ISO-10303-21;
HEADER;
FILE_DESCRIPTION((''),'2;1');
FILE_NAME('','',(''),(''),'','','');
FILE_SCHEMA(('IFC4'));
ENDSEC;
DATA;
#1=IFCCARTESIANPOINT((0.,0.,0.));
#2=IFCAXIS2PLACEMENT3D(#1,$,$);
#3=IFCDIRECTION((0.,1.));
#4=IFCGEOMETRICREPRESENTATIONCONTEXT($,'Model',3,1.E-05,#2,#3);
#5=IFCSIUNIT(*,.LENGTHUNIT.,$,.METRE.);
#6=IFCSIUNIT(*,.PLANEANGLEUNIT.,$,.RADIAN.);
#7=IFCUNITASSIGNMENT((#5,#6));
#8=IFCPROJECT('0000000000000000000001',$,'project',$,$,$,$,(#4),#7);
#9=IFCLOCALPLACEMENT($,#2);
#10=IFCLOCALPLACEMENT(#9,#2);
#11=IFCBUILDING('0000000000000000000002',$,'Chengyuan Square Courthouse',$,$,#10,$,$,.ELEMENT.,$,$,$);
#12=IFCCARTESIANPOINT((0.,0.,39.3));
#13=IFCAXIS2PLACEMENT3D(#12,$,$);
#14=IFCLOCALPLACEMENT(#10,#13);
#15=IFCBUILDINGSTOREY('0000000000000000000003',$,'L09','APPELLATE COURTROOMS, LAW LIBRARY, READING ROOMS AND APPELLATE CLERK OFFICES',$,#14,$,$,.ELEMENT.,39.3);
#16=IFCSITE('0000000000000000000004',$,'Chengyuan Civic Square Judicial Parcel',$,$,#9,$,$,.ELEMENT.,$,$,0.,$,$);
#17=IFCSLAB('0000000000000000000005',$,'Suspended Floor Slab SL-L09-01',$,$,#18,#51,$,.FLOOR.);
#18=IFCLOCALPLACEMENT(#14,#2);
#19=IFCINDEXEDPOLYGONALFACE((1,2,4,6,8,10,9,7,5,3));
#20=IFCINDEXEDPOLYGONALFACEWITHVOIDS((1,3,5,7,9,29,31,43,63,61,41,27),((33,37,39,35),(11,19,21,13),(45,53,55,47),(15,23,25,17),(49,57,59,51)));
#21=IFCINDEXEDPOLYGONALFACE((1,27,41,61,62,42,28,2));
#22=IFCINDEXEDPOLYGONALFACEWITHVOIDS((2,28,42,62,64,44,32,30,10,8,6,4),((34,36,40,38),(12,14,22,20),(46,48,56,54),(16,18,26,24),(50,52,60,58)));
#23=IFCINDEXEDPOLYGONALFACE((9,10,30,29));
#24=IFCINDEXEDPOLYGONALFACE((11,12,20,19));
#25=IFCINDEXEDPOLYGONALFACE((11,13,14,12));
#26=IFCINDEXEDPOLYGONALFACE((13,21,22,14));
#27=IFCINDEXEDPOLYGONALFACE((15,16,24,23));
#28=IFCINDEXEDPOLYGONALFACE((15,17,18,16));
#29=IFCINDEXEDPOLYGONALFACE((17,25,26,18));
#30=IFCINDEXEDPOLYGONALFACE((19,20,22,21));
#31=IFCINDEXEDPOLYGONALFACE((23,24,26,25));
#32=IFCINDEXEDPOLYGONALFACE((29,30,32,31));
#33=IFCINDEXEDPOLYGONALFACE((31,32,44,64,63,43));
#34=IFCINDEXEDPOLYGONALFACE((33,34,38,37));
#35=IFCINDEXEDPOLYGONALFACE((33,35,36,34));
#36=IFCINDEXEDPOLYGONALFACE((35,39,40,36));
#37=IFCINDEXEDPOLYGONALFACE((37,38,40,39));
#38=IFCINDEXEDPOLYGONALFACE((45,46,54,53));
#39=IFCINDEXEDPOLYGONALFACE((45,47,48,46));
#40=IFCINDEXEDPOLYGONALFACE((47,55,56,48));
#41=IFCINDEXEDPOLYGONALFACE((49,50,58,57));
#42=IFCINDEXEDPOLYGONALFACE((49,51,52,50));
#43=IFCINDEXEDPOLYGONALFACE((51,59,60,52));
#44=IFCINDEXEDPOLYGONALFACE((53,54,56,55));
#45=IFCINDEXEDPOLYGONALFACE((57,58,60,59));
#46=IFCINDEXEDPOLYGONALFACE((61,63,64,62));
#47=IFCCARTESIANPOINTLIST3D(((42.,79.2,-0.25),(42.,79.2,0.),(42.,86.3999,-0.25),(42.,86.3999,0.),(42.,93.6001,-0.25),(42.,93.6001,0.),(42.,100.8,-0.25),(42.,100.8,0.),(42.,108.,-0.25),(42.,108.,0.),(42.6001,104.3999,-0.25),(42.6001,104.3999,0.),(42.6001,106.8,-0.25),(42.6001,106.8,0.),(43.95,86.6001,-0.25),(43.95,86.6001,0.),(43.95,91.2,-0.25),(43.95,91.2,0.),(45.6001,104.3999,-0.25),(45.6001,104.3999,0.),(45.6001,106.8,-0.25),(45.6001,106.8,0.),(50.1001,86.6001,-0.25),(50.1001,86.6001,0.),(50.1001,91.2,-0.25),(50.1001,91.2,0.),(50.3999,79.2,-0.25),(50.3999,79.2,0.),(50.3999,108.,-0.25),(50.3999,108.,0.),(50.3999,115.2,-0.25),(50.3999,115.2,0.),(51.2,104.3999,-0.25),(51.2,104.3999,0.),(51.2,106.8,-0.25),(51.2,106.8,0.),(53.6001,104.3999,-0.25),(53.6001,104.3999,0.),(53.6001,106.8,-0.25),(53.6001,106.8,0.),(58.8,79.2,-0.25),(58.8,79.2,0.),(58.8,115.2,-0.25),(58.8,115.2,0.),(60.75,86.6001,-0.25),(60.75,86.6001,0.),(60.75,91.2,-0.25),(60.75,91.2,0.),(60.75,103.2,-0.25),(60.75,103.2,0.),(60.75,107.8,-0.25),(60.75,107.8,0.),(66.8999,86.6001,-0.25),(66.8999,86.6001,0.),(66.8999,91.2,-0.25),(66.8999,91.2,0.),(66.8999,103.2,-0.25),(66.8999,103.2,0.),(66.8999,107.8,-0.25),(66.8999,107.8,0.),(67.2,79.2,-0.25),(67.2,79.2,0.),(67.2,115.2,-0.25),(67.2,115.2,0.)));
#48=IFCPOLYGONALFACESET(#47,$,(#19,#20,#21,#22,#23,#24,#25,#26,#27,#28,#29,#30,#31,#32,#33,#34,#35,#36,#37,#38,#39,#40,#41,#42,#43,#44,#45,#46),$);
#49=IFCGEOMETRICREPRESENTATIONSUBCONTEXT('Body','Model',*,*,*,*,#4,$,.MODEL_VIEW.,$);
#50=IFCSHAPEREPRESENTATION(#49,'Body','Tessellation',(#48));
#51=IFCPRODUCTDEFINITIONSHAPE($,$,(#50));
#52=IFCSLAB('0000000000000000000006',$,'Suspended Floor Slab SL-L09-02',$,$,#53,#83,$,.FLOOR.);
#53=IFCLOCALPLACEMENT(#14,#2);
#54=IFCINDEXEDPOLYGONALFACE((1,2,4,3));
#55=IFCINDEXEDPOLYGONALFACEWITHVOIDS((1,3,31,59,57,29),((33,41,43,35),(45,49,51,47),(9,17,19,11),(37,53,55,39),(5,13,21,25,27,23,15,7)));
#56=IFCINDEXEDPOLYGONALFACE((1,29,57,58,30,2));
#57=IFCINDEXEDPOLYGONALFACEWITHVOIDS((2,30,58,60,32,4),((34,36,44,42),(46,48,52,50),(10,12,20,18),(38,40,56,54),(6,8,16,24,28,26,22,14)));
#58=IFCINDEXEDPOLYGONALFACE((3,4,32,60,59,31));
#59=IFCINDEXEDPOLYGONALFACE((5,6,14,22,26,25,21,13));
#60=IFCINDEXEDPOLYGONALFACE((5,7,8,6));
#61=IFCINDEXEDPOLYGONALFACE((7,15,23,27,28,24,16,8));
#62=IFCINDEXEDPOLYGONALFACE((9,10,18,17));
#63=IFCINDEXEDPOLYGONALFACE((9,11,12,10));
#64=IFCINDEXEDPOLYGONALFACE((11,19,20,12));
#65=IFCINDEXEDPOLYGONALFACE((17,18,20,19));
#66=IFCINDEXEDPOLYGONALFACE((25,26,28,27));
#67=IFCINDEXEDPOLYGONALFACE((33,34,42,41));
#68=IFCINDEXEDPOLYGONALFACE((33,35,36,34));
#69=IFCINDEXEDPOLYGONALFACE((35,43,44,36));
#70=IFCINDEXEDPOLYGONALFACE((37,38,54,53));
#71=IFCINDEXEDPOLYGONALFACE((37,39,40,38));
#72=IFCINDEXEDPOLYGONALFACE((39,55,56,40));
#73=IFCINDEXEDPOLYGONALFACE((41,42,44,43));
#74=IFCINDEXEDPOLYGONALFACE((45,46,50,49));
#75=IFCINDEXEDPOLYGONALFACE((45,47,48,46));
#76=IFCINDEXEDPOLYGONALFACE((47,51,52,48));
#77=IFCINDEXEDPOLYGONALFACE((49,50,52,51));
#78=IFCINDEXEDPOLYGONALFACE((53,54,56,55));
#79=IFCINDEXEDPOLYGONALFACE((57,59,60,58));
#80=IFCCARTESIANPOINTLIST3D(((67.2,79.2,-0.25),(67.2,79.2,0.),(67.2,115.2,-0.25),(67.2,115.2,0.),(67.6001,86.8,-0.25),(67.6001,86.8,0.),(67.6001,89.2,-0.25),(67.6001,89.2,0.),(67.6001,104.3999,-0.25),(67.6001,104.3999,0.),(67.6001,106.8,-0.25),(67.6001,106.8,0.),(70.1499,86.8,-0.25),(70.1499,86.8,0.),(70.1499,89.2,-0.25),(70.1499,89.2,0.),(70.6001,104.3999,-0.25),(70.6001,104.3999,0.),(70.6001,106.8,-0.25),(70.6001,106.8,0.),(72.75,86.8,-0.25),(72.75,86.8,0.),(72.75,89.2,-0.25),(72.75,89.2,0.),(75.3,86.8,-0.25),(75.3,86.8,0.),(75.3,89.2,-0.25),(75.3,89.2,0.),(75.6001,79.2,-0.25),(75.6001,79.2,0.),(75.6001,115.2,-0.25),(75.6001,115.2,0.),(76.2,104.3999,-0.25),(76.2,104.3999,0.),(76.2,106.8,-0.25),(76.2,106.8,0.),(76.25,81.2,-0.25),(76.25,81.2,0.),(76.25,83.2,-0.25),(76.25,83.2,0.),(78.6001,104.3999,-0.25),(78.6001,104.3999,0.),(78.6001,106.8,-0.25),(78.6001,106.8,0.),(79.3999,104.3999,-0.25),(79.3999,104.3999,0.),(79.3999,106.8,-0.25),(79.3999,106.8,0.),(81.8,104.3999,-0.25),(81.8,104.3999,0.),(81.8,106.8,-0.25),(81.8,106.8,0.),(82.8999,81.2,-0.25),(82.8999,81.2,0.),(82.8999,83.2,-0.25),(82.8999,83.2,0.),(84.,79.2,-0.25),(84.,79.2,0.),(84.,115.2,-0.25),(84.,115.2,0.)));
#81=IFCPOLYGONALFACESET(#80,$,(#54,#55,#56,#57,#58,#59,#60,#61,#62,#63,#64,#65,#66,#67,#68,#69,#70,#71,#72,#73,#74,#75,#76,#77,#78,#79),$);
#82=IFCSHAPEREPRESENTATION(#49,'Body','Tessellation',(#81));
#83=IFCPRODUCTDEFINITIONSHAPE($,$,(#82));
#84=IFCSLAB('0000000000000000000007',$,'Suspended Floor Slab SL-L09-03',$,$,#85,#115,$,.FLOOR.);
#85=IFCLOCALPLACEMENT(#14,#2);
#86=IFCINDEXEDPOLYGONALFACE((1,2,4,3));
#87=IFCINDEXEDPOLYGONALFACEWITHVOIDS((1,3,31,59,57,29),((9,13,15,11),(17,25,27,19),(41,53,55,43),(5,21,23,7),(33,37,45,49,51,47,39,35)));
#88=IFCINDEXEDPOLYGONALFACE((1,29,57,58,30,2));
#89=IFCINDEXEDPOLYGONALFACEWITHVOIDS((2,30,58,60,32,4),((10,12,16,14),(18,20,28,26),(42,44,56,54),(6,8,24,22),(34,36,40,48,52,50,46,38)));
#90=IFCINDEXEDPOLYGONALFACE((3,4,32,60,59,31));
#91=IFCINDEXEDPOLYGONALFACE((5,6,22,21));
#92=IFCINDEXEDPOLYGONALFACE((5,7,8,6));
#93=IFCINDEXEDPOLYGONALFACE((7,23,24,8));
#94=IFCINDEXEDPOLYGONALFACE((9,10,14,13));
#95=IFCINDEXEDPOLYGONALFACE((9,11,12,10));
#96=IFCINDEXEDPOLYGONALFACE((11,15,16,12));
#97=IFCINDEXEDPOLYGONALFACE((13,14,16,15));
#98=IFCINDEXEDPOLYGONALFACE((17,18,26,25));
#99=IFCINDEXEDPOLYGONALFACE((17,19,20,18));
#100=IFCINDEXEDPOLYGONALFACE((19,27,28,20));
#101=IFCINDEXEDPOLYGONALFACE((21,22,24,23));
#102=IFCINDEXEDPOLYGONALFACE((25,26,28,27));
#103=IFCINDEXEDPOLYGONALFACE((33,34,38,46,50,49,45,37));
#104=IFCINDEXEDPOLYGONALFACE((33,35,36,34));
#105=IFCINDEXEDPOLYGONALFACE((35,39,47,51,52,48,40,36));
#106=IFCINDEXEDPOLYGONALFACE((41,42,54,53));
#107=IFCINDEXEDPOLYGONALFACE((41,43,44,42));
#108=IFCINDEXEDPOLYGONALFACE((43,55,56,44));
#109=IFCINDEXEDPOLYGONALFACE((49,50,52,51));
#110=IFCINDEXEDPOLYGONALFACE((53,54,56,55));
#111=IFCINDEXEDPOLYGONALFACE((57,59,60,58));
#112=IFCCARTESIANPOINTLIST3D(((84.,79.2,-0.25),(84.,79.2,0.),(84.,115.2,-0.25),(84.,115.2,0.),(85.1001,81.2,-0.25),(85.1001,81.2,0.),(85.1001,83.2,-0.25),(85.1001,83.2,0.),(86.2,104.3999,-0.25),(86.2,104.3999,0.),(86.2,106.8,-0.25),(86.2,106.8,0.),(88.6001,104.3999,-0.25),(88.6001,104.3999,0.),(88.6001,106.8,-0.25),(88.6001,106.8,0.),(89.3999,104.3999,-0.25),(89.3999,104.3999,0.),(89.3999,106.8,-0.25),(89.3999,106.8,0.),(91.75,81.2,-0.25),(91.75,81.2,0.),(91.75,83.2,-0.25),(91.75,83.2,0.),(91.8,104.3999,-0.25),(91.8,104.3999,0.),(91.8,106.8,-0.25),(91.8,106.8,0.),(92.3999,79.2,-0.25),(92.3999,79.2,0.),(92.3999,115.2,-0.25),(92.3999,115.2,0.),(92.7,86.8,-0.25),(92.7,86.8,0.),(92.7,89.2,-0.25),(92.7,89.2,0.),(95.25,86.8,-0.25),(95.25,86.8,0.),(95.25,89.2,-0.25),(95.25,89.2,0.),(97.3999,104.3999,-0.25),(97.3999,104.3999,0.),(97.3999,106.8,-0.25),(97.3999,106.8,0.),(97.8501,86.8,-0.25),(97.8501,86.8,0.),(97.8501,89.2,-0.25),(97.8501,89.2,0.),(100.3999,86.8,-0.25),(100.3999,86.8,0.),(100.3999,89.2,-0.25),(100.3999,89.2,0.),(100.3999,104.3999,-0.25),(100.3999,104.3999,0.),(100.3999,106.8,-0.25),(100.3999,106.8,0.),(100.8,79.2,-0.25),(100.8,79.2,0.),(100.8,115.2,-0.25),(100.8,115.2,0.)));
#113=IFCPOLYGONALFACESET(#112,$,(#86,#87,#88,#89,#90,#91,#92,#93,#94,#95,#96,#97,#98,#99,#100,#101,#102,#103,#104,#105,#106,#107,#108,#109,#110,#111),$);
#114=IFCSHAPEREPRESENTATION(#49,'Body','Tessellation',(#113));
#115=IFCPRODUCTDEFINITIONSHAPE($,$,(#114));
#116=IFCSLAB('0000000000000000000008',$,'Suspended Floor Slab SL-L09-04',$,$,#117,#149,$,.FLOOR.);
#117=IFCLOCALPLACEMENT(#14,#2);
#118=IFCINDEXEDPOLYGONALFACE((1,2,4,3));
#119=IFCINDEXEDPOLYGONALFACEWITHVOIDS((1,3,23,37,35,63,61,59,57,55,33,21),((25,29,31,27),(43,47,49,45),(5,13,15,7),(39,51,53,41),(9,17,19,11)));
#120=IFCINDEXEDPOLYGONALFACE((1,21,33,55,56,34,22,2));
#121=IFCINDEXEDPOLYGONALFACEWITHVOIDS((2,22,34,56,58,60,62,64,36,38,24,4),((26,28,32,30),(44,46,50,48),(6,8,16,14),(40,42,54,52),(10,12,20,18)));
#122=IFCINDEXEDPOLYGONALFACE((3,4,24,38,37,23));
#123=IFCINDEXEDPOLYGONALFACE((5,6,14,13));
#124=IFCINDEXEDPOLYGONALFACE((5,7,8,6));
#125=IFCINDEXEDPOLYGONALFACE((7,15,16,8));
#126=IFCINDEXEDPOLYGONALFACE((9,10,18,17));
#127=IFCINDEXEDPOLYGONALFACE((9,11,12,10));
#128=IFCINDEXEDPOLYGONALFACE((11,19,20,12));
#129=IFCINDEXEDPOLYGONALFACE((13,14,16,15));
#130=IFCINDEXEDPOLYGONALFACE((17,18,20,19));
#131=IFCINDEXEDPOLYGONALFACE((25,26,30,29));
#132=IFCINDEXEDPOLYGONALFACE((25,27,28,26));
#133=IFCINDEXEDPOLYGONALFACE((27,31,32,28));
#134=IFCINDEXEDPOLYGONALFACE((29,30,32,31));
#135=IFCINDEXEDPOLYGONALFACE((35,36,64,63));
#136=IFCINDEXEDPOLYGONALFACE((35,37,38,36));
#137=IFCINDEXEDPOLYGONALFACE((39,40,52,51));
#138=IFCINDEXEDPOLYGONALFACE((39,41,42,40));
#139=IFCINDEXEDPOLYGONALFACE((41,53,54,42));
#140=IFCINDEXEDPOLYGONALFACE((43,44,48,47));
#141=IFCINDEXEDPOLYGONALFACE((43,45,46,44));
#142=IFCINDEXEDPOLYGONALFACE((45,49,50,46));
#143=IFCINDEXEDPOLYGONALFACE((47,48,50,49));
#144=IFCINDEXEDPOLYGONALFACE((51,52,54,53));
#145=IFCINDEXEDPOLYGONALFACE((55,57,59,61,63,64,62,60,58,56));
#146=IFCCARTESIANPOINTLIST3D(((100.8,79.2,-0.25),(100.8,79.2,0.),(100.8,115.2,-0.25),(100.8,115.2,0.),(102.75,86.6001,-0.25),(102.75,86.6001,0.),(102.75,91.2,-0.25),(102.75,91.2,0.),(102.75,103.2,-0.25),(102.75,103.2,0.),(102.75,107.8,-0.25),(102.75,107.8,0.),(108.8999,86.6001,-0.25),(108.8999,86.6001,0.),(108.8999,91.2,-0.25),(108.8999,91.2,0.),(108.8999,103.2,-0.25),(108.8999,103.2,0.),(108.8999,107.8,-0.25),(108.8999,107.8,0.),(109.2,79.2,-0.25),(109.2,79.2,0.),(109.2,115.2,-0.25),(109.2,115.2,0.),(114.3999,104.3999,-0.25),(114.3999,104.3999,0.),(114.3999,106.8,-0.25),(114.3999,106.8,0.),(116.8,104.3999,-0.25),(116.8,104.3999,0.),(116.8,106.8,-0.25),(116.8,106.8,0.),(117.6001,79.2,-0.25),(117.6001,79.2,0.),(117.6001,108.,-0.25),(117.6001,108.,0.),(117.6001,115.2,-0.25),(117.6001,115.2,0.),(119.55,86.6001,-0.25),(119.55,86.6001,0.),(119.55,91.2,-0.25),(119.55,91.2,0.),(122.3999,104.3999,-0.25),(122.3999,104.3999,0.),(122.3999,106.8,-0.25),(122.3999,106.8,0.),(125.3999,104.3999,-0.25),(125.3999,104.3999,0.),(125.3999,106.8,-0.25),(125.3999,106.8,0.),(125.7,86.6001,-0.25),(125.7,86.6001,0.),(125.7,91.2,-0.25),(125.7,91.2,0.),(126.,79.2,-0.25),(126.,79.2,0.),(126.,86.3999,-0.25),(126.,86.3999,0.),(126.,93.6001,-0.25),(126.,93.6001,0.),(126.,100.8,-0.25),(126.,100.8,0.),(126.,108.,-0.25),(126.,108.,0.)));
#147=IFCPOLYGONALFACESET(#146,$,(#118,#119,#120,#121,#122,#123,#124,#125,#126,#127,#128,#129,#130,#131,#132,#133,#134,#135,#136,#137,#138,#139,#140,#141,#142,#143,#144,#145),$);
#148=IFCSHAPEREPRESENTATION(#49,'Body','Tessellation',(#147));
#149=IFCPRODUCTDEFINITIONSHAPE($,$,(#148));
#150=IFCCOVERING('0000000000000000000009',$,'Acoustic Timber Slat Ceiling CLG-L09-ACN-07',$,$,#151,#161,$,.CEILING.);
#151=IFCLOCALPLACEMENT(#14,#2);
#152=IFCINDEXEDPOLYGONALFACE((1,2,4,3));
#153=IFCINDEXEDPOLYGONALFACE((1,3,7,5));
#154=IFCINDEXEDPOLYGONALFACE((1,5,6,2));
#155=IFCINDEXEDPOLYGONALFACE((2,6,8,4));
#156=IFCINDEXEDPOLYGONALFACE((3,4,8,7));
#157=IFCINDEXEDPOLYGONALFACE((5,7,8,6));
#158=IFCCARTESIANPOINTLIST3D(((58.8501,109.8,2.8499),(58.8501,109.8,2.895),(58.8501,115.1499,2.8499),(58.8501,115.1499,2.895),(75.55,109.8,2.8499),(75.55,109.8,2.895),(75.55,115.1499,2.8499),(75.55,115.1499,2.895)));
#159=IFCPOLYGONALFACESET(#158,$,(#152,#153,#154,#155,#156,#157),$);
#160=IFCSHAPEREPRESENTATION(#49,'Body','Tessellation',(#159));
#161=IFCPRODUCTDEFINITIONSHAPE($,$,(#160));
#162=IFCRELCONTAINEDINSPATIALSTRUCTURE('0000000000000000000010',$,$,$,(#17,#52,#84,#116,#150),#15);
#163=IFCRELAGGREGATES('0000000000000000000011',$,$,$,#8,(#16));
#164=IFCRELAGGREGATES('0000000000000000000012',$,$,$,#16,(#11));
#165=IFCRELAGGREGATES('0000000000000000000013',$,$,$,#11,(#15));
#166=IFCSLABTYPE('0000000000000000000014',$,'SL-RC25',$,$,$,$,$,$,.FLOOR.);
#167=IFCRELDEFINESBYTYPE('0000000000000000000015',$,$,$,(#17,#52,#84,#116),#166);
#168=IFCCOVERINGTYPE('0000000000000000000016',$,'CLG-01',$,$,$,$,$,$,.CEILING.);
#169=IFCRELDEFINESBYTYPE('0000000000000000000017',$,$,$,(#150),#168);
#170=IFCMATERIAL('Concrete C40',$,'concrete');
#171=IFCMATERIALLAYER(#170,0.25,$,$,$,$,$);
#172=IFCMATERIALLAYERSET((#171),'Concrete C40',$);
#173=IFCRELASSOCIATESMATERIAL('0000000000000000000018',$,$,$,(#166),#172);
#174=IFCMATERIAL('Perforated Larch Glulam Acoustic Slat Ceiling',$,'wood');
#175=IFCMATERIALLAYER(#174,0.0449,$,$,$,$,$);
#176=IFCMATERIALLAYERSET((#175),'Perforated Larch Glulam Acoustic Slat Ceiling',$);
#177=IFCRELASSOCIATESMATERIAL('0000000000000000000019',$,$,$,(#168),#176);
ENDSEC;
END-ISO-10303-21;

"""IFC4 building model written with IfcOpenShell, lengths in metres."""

from ifc_helpers import new_model, si_unit, direction, frame, origin, place, context, subcontext, project, spatial, polyline, outline, extrude, material, layer, layer_set, type_object, element, save


model = new_model("IFC4")

# Units and contexts
model_context = context("Model", 3, precision=1e-05, world=origin(), true_north=direction((0.0, 1.0)))
body_context = subcontext(model_context, "Body", "Model", "MODEL_VIEW")
ifc_project = project(units=[si_unit("LENGTHUNIT", "METRE"), si_unit("PLANEANGLEUNIT", "RADIAN")], contexts=[model_context])

# Site, building, storey
site_placement = place(None, origin())
site = spatial("IfcSite", under=ifc_project, at=site_placement, Name="Chengyuan Civic Square Judicial Parcel", CompositionType="ELEMENT", RefElevation=0.0)
building_placement = place(site_placement, origin())
building = spatial("IfcBuilding", under=site, at=building_placement, Name="Chengyuan Square Courthouse", CompositionType="ELEMENT")
storey_placement = place(building_placement, frame((0.0, 0.0, 39.3)))
storey = spatial("IfcBuildingStorey", under=building, at=storey_placement, Name="L09", Description="APPELLATE COURTROOMS, LAW LIBRARY, READING ROOMS AND APPELLATE CLERK OFFICES", CompositionType="ELEMENT", Elevation=39.3)

# Shared definitions
ifc_material_1 = material(Name="Concrete C40", Category="concrete")

# Slabs
ifc_layer_1 = layer(ifc_material_1, 0.25)
ifc_layer_set_1 = layer_set([ifc_layer_1], Name="Concrete C40")
slab_type_1 = type_object("IfcSlabType", Name="SL-RC25", PredefinedType="FLOOR", material=ifc_layer_set_1)
slab_1_placement = place(storey_placement, frame((0.0, 0.0, -0.25)))
element("IfcSlab", 1, at=slab_1_placement, inside=storey, type_object=slab_type_1, Name="Suspended Floor Slab SL-L09-01", PredefinedType="FLOOR", context=body_context, shape_type="SweptSolid", body=[
    extrude(outline(polyline([(50.3999, 115.2), (58.8, 115.2), (67.2, 115.2), (67.2, 79.2), (58.8, 79.2), (50.3999, 79.2), (42.0, 79.2), (42.0, 86.3999), (42.0, 93.6001), (42.0, 100.8), (42.0, 108.0), (50.3999, 108.0), (50.3999, 115.2)]), holes=[polyline([(50.1001, 91.2), (43.95, 91.2), (43.95, 86.6001), (50.1001, 86.6001), (50.1001, 91.2)]), polyline([(66.8999, 91.2), (60.75, 91.2), (60.75, 86.6001), (66.8999, 86.6001), (66.8999, 91.2)]), polyline([(60.75, 107.8), (60.75, 103.2), (66.8999, 103.2), (66.8999, 107.8), (60.75, 107.8)]), polyline([(45.6001, 106.8), (42.6001, 106.8), (42.6001, 104.3999), (45.6001, 104.3999), (45.6001, 106.8)]), polyline([(53.6001, 106.8), (51.2, 106.8), (51.2, 104.3999), (53.6001, 104.3999), (53.6001, 106.8)])]), origin(), (0.0, 0.0, 1.0), 0.25),
])
slab_2_placement = place(storey_placement, frame((0.0, 0.0, -0.25)))
element("IfcSlab", 2, at=slab_2_placement, inside=storey, type_object=slab_type_1, Name="Suspended Floor Slab SL-L09-02", PredefinedType="FLOOR", context=body_context, shape_type="SweptSolid", body=[
    extrude(outline(polyline([(75.6001, 115.2), (84.0, 115.2), (84.0, 79.2), (75.6001, 79.2), (67.2, 79.2), (67.2, 115.2), (75.6001, 115.2)]), holes=[polyline([(76.25, 83.2), (76.25, 81.2), (82.8999, 81.2), (82.8999, 83.2), (76.25, 83.2)]), polyline([(70.1499, 89.2), (67.6001, 89.2), (67.6001, 86.8), (70.1499, 86.8), (72.75, 86.8), (75.3, 86.8), (75.3, 89.2), (72.75, 89.2), (70.1499, 89.2)]), polyline([(67.6001, 106.8), (67.6001, 104.3999), (70.6001, 104.3999), (70.6001, 106.8), (67.6001, 106.8)]), polyline([(78.6001, 106.8), (76.2, 106.8), (76.2, 104.3999), (78.6001, 104.3999), (78.6001, 106.8)]), polyline([(81.8, 106.8), (79.3999, 106.8), (79.3999, 104.3999), (81.8, 104.3999), (81.8, 106.8)])]), origin(), (0.0, 0.0, 1.0), 0.25),
])
slab_3_placement = place(storey_placement, frame((0.0, 0.0, -0.25)))
element("IfcSlab", 3, at=slab_3_placement, inside=storey, type_object=slab_type_1, Name="Suspended Floor Slab SL-L09-03", PredefinedType="FLOOR", context=body_context, shape_type="SweptSolid", body=[
    extrude(outline(polyline([(92.3999, 115.2), (100.8, 115.2), (100.8, 79.2), (92.3999, 79.2), (84.0, 79.2), (84.0, 115.2), (92.3999, 115.2)]), holes=[polyline([(85.1001, 83.2), (85.1001, 81.2), (91.75, 81.2), (91.75, 83.2), (85.1001, 83.2)]), polyline([(95.25, 89.2), (92.7, 89.2), (92.7, 86.8), (95.25, 86.8), (97.8501, 86.8), (100.3999, 86.8), (100.3999, 89.2), (97.8501, 89.2), (95.25, 89.2)]), polyline([(88.6001, 106.8), (86.2, 106.8), (86.2, 104.3999), (88.6001, 104.3999), (88.6001, 106.8)]), polyline([(91.8, 106.8), (89.3999, 106.8), (89.3999, 104.3999), (91.8, 104.3999), (91.8, 106.8)]), polyline([(97.3999, 106.8), (97.3999, 104.3999), (100.3999, 104.3999), (100.3999, 106.8), (97.3999, 106.8)])]), origin(), (0.0, 0.0, 1.0), 0.25),
])
slab_4_placement = place(storey_placement, frame((0.0, 0.0, -0.25)))
element("IfcSlab", 4, at=slab_4_placement, inside=storey, type_object=slab_type_1, Name="Suspended Floor Slab SL-L09-04", PredefinedType="FLOOR", context=body_context, shape_type="SweptSolid", body=[
    extrude(outline(polyline([(109.2, 115.2), (117.6001, 115.2), (117.6001, 108.0), (126.0, 108.0), (126.0, 100.8), (126.0, 93.6001), (126.0, 86.3999), (126.0, 79.2), (117.6001, 79.2), (109.2, 79.2), (100.8, 79.2), (100.8, 115.2), (109.2, 115.2)]), holes=[polyline([(108.8999, 91.2), (102.75, 91.2), (102.75, 86.6001), (108.8999, 86.6001), (108.8999, 91.2)]), polyline([(125.7, 91.2), (119.55, 91.2), (119.55, 86.6001), (125.7, 86.6001), (125.7, 91.2)]), polyline([(102.75, 107.8), (102.75, 103.2), (108.8999, 103.2), (108.8999, 107.8), (102.75, 107.8)]), polyline([(116.8, 106.8), (114.3999, 106.8), (114.3999, 104.3999), (116.8, 104.3999), (116.8, 106.8)]), polyline([(125.3999, 106.8), (122.3999, 106.8), (122.3999, 104.3999), (125.3999, 104.3999), (125.3999, 106.8)])]), origin(), (0.0, 0.0, 1.0), 0.25),
])

# Covering
ifc_material_2 = material(Name="Perforated Larch Glulam Acoustic Slat Ceiling", Category="wood")
ifc_layer_2 = layer(ifc_material_2, 0.0449)
ifc_layer_set_2 = layer_set([ifc_layer_2], Name="Perforated Larch Glulam Acoustic Slat Ceiling")
covering_type = type_object("IfcCoveringType", Name="CLG-01", PredefinedType="CEILING", material=ifc_layer_set_2)
covering_1_placement = place(storey_placement, frame((0.0, 0.0, 2.8499)))
element("IfcCovering", 5, at=covering_1_placement, inside=storey, type_object=covering_type, Name="Acoustic Timber Slat Ceiling CLG-L09-ACN-07", PredefinedType="CEILING", context=body_context, shape_type="SweptSolid", body=[
    extrude(outline(polyline([(58.8501, 109.8), (75.55, 109.8), (75.55, 115.1499), (58.8501, 115.1499), (58.8501, 109.8)])), origin(), (0.0, 0.0, 1.0), 0.0452),
])

save(model, "model.ifc")
